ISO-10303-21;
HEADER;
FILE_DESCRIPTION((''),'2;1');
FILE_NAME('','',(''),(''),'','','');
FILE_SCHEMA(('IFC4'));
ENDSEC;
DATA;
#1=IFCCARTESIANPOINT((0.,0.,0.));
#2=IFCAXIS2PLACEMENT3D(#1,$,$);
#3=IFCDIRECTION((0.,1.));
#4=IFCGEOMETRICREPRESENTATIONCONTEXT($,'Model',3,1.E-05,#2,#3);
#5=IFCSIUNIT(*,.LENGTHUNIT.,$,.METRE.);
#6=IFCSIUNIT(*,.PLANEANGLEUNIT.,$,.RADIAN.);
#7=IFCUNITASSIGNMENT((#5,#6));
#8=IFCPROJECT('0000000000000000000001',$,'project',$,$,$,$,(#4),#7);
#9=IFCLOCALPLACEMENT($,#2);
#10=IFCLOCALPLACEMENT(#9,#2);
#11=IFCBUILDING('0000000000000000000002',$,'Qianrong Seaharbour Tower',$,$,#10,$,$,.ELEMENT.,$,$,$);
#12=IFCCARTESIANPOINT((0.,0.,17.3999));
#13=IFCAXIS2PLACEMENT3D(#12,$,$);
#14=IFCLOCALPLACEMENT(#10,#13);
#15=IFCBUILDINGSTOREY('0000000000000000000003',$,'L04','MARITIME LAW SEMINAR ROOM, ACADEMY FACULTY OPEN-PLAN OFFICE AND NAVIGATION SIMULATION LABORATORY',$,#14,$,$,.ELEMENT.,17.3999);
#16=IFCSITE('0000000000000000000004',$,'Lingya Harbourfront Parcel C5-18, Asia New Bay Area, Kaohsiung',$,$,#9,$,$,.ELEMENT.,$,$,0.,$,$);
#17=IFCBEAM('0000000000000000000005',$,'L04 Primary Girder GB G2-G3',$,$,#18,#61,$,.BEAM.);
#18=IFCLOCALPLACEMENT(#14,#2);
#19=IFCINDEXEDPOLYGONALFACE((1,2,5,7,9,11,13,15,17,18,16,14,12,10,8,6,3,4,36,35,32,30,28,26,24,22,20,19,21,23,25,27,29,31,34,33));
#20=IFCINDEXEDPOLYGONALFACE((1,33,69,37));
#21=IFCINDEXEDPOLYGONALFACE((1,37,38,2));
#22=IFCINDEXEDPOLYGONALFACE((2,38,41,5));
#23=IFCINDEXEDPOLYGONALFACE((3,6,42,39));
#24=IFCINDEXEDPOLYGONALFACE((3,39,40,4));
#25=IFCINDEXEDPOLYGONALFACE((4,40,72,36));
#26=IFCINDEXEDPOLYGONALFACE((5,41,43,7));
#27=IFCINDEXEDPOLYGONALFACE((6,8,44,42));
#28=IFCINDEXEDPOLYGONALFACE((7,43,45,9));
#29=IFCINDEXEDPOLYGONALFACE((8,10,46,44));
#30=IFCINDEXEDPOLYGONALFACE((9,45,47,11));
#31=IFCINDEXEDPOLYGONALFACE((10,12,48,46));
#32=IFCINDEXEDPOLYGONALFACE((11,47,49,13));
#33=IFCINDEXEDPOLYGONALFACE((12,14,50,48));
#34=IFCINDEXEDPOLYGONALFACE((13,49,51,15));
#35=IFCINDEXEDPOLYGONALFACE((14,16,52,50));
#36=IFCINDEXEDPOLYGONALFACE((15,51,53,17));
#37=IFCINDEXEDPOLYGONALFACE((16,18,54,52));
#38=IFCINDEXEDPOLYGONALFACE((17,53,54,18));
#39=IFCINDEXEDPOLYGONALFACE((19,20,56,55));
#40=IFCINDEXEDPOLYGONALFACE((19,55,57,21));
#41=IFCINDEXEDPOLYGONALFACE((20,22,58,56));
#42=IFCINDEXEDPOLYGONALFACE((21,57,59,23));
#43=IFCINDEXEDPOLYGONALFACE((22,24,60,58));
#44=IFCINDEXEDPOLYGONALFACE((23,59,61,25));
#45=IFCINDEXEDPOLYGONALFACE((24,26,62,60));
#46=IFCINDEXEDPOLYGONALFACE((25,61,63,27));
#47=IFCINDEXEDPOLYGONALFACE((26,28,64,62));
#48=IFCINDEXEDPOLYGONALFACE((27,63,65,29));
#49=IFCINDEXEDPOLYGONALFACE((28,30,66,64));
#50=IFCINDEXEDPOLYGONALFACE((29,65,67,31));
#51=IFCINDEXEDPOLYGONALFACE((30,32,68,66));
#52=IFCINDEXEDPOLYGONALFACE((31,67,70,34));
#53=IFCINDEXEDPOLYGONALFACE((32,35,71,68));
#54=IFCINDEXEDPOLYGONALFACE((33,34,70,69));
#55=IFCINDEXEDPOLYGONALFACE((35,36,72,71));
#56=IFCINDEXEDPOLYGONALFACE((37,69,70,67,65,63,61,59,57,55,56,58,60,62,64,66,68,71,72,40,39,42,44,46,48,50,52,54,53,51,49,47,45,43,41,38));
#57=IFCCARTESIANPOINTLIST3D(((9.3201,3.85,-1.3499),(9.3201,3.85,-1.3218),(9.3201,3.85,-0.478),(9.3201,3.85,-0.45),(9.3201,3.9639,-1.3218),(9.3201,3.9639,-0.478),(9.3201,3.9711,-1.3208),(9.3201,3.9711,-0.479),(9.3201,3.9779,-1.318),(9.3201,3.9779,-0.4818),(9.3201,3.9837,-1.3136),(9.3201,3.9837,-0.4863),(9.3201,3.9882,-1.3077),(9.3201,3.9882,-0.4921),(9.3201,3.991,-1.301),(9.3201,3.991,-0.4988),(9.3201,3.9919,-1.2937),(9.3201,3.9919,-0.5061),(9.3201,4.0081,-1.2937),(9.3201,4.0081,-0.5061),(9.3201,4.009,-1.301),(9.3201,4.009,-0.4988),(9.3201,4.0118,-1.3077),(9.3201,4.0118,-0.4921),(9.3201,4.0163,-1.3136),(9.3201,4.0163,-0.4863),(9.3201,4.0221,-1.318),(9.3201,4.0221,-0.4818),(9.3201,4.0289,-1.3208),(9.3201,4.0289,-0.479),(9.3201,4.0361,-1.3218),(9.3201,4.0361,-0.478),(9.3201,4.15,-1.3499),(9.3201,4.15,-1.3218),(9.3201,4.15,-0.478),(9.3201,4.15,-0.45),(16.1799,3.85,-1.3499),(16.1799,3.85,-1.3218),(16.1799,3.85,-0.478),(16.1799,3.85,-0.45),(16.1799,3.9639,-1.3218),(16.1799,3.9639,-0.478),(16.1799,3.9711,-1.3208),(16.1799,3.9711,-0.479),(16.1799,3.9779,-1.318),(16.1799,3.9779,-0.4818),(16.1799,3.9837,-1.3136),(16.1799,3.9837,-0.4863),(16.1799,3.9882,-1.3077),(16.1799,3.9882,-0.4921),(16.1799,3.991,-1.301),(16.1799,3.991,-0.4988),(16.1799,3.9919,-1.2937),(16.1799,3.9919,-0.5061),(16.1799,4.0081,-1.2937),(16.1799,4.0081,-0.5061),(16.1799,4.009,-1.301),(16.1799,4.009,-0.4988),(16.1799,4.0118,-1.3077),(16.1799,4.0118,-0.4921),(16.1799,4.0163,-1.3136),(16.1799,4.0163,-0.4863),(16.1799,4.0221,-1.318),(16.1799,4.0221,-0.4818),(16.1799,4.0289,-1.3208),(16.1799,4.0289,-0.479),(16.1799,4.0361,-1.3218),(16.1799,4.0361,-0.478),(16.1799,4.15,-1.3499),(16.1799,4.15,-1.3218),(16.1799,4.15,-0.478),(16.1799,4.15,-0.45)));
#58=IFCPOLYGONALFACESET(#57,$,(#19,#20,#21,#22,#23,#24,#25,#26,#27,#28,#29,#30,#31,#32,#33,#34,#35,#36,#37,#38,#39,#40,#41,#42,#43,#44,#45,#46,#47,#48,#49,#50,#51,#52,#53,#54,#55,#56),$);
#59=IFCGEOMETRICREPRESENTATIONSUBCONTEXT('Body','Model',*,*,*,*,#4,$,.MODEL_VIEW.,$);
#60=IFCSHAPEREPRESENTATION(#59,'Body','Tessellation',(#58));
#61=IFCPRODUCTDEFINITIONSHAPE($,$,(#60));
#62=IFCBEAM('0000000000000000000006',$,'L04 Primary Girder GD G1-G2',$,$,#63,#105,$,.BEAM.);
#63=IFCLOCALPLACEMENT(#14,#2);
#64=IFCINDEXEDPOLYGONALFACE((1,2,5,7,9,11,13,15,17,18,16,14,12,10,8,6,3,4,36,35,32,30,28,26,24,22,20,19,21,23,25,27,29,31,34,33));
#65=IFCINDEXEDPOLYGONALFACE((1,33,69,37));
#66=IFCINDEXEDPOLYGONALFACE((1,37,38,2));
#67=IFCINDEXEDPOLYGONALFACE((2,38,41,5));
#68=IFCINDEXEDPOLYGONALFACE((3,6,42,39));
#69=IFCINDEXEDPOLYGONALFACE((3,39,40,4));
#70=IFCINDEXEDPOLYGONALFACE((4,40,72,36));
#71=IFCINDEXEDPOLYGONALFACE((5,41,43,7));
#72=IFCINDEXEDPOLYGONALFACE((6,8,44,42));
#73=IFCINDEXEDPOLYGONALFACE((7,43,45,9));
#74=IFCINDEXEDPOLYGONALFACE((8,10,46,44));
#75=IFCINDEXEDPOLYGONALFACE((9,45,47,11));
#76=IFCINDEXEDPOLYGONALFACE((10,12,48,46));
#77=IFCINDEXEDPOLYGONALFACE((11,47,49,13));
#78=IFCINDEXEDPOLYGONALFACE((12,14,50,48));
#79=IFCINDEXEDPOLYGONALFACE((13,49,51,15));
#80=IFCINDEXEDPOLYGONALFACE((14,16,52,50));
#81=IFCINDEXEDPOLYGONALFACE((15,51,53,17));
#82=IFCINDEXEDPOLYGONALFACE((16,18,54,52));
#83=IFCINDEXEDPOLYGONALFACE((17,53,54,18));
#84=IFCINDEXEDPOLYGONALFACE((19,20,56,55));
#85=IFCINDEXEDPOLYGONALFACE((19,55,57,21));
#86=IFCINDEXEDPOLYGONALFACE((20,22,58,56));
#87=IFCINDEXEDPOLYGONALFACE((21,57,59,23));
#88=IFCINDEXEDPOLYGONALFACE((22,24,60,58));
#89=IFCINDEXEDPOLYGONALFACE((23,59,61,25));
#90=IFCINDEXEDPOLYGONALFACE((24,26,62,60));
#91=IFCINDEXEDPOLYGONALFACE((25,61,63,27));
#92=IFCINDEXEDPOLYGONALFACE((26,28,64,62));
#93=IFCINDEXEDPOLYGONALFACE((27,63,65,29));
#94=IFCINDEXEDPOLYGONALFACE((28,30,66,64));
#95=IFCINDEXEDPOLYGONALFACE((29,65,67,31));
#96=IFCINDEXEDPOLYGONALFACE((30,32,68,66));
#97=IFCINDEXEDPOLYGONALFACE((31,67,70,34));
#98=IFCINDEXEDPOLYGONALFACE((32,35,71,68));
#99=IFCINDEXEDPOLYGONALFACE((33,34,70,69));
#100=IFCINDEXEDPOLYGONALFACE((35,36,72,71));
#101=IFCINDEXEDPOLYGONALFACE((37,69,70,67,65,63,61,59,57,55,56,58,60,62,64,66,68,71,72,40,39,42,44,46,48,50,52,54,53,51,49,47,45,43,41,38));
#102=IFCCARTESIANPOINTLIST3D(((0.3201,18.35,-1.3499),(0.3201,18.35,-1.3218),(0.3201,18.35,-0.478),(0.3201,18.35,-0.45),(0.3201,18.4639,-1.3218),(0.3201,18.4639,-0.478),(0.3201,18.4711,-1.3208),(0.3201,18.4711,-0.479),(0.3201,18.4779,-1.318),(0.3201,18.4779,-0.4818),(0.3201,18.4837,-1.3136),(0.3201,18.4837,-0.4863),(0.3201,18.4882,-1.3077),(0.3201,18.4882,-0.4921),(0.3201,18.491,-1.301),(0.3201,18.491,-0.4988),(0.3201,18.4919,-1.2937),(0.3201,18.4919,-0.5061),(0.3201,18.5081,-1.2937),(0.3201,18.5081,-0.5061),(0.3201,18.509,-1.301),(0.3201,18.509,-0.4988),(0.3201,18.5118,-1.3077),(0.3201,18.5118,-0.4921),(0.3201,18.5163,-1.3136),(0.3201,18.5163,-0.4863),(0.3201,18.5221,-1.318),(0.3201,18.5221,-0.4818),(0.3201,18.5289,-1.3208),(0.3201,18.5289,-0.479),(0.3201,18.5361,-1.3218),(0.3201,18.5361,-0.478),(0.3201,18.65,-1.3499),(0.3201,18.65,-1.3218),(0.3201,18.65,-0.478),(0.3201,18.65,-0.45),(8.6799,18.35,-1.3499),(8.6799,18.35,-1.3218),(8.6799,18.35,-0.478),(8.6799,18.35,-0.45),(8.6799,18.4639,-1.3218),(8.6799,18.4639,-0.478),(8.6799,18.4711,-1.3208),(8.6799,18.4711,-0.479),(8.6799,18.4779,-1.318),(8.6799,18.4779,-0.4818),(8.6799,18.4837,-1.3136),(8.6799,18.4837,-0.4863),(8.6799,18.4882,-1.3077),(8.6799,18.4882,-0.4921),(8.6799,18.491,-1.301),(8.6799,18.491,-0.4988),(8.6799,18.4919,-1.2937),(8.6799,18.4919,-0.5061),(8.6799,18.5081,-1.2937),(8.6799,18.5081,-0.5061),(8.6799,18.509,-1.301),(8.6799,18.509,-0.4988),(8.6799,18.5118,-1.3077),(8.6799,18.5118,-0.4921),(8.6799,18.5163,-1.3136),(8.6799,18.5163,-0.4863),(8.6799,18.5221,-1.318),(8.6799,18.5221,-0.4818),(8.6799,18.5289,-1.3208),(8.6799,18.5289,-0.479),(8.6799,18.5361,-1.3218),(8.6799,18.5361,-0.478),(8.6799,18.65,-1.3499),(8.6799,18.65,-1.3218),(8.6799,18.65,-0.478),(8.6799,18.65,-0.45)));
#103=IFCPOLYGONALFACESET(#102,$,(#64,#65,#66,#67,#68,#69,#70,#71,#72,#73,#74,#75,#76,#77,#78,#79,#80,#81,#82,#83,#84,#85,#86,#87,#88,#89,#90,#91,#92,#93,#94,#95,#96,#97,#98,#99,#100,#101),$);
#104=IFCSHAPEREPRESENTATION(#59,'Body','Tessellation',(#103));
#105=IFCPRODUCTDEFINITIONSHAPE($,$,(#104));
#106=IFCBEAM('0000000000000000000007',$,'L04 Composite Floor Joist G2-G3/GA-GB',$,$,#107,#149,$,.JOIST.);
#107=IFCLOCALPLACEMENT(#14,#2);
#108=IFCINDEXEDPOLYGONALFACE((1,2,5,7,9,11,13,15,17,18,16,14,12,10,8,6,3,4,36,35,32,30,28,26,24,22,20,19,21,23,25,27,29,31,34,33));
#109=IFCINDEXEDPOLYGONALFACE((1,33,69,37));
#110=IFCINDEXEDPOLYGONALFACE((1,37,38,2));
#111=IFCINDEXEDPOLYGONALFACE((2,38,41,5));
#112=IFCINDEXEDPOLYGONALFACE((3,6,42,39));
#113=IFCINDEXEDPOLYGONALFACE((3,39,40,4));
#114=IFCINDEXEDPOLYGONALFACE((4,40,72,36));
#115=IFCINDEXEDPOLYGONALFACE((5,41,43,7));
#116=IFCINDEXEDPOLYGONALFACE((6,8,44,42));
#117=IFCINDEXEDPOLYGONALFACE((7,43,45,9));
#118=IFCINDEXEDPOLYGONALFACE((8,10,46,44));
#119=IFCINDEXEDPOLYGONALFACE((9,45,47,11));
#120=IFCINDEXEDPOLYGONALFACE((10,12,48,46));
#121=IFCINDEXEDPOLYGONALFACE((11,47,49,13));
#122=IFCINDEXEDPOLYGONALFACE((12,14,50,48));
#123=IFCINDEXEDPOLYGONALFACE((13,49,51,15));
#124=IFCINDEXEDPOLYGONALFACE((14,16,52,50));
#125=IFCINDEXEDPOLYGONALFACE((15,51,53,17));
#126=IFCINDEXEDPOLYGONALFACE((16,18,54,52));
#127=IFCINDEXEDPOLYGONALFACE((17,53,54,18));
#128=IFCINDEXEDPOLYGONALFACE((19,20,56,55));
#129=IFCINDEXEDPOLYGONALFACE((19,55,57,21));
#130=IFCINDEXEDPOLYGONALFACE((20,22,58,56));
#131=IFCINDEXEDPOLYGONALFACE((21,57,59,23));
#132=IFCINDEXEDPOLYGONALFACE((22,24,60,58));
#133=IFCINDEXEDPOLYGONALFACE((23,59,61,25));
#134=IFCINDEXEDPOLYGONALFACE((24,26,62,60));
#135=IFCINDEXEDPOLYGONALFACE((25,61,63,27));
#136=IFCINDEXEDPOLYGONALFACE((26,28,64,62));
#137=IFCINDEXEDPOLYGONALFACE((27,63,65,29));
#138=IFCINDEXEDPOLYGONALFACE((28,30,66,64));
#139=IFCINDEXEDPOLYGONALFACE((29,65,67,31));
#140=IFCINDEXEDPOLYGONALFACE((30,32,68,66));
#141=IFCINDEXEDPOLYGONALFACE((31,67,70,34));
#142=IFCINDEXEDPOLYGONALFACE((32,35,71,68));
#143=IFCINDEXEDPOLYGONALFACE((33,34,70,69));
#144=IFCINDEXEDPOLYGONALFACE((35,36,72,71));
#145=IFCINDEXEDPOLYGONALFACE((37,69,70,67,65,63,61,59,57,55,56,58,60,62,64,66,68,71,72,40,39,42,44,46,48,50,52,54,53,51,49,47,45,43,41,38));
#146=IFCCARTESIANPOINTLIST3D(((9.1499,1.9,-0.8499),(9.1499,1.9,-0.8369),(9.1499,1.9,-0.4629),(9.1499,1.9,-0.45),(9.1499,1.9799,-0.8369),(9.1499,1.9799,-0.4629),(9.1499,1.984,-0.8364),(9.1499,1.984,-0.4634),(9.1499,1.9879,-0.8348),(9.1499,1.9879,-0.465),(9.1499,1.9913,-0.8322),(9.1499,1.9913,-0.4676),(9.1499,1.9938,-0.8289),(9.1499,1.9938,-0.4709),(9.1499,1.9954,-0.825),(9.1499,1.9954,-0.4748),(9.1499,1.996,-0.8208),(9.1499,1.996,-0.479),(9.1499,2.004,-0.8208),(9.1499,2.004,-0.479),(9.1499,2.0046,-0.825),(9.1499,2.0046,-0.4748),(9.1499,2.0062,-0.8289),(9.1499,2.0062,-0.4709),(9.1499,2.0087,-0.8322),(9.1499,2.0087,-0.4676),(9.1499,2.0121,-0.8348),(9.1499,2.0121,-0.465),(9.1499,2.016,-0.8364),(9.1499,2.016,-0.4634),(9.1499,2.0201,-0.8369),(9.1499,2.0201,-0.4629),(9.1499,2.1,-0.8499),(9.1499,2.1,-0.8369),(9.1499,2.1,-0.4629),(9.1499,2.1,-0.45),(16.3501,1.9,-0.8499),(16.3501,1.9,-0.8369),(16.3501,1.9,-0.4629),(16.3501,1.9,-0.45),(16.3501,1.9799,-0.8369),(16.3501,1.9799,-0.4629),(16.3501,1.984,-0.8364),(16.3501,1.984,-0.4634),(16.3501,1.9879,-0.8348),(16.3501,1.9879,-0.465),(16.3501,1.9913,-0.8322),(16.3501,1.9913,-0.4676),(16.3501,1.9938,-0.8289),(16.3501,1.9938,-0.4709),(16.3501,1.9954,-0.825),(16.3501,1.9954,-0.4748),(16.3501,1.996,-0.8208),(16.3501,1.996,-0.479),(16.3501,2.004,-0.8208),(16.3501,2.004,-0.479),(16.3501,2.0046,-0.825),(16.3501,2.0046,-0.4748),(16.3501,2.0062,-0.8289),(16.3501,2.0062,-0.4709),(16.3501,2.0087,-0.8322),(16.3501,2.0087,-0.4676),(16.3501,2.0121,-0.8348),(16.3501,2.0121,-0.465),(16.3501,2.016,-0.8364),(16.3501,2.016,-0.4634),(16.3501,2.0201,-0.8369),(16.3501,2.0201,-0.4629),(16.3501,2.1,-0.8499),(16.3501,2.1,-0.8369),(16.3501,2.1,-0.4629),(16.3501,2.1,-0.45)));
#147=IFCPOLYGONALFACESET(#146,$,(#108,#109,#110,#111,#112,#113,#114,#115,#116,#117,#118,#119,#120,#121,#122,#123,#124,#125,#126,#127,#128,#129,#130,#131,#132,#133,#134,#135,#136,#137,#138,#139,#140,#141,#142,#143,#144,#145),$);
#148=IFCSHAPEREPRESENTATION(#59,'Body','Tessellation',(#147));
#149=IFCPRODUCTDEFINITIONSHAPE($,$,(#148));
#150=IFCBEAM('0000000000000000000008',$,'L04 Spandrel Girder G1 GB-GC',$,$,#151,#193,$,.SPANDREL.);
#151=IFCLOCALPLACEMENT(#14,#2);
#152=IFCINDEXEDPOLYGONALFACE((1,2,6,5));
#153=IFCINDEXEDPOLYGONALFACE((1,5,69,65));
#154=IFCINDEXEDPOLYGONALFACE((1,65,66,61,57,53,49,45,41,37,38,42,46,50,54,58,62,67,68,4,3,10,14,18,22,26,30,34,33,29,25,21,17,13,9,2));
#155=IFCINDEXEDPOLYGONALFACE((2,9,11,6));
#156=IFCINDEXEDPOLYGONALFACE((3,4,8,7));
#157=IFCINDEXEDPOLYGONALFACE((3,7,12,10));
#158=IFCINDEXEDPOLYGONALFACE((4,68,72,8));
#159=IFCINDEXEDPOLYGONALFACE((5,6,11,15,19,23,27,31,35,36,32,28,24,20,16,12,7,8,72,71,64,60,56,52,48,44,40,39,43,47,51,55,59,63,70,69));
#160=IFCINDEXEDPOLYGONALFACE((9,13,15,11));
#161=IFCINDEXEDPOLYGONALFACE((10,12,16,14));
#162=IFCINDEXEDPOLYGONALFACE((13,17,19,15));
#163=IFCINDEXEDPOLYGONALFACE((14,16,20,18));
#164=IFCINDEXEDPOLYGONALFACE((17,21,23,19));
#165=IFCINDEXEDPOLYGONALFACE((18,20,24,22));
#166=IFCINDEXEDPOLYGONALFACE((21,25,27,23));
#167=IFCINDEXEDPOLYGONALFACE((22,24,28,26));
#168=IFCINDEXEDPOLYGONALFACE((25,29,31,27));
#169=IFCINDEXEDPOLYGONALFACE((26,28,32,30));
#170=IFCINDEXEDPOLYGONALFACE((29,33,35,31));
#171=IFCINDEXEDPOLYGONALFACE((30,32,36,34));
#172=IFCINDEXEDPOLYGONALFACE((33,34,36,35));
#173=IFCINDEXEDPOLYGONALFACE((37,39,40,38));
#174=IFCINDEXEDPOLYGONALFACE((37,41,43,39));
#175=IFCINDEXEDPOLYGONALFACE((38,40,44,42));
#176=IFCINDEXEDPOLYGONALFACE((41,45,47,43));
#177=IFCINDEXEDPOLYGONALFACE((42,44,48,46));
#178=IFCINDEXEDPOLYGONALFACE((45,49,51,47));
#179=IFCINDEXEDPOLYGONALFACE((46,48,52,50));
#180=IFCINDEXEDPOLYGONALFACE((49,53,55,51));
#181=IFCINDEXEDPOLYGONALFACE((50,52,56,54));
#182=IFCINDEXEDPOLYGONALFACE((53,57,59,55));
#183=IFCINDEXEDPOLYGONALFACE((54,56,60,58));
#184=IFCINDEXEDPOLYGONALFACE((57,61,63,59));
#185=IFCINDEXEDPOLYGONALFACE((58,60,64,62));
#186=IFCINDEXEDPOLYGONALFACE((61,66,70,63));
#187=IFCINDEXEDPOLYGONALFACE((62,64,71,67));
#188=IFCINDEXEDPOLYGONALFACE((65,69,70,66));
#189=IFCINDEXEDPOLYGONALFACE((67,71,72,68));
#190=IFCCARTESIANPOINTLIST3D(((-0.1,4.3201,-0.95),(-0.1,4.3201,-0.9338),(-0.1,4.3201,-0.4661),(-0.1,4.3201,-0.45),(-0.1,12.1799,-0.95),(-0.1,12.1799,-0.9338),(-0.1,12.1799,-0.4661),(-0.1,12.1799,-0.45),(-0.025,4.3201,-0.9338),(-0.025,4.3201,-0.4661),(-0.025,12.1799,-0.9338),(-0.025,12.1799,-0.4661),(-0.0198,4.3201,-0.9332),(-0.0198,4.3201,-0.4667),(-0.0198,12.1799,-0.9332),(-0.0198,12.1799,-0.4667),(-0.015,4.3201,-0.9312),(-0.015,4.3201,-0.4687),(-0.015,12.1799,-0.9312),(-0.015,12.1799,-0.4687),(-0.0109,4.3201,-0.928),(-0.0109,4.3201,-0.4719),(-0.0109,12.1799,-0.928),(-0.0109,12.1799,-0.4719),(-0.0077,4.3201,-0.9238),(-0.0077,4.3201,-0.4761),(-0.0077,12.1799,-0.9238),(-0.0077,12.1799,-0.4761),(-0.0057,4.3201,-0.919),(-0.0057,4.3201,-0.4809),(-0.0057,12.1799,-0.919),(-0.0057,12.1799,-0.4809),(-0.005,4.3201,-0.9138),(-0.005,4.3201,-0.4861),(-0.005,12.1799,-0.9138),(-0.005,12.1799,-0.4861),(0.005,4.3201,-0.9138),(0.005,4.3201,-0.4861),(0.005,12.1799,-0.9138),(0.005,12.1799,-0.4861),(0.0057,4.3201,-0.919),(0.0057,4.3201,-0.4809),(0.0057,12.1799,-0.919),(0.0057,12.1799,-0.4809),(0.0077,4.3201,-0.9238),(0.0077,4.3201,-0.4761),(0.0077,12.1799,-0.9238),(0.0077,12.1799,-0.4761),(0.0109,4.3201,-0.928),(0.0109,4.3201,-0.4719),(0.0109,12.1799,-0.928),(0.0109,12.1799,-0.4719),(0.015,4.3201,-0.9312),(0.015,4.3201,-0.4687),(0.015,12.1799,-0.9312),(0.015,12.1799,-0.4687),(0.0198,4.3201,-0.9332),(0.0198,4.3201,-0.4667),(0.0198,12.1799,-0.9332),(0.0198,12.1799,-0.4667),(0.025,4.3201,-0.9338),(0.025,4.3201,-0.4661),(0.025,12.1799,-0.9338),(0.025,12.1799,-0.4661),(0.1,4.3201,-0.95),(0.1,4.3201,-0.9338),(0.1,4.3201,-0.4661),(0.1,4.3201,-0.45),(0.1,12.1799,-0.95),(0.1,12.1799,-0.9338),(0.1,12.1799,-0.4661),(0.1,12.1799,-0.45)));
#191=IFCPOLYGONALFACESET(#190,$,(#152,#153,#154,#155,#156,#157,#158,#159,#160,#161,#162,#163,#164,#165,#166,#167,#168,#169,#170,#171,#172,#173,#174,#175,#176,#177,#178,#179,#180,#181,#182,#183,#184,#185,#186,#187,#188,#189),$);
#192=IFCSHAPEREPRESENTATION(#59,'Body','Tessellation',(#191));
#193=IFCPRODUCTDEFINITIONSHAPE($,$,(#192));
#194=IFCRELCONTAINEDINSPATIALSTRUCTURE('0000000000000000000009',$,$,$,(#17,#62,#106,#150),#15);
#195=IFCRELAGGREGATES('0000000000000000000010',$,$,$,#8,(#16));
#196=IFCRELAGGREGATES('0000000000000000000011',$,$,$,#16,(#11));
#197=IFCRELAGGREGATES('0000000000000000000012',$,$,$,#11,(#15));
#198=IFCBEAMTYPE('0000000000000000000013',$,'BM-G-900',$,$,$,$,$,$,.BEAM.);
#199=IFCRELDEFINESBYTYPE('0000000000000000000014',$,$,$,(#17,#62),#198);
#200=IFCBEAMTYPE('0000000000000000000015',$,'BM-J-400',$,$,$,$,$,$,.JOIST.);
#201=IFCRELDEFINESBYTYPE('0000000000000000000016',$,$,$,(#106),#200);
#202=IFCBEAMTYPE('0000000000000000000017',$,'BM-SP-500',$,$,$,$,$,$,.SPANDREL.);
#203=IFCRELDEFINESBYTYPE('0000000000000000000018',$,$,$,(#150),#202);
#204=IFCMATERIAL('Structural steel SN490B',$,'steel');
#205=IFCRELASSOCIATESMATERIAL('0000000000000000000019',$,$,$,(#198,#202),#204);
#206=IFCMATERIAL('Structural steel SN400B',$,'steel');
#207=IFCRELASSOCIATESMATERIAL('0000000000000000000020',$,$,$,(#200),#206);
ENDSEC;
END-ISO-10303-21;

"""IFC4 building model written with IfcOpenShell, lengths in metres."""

from ifc_helpers import new_model, si_unit, direction, frame, origin, origin_2d, place, context, subcontext, project, spatial, i_section, extrude, material, material_profile, profile_set, type_object, element, save


model = new_model("IFC4")

# Units and contexts
model_context = context("Model", 3, precision=1e-05, world=origin(), true_north=direction((0.0, 1.0)))
body_context = subcontext(model_context, "Body", "Model", "MODEL_VIEW")
ifc_project = project(units=[si_unit("LENGTHUNIT", "METRE"), si_unit("PLANEANGLEUNIT", "RADIAN")], contexts=[model_context])

# Site, building, storey
site_placement = place(None, origin())
site = spatial("IfcSite", under=ifc_project, at=site_placement, Name="Lingya Harbourfront Parcel C5-18, Asia New Bay Area, Kaohsiung", CompositionType="ELEMENT", RefElevation=0.0)
building_placement = place(site_placement, origin())
building = spatial("IfcBuilding", under=site, at=building_placement, Name="Qianrong Seaharbour Tower", CompositionType="ELEMENT")
storey_placement = place(building_placement, frame((0.0, 0.0, 17.3999)))
storey = spatial("IfcBuildingStorey", under=building, at=storey_placement, Name="L04", Description="MARITIME LAW SEMINAR ROOM, ACADEMY FACULTY OPEN-PLAN OFFICE AND NAVIGATION SIMULATION LABORATORY", CompositionType="ELEMENT", Elevation=17.3999)

# Shared definitions
ifc_material_1 = material(Name="Structural steel SN490B", Category="steel")

# Beams
ifc_material_profile_1 = material_profile(ifc_material_1, i_section(OverallWidth=0.3, OverallDepth=0.8999, WebThickness=0.0161, FlangeThickness=0.0281, FilletRadius=0.0281, at=origin_2d()), Name="H900x300x16x28")
ifc_profile_set_1 = profile_set([ifc_material_profile_1], Name="Structural steel SN490B")
beam_type_1 = type_object("IfcBeamType", Name="BM-G-900", PredefinedType="BEAM", material=ifc_profile_set_1)
beam_1_placement = place(storey_placement, frame((9.3201, 4.0, -0.8999), z_axis=(1.0, 0.0, 0.0), x_axis=(0.0, 1.0, 0.0)))
element("IfcBeam", 1, at=beam_1_placement, inside=storey, type_object=beam_type_1, Name="L04 Primary Girder GB G2-G3", PredefinedType="BEAM", context=body_context, shape_type="SweptSolid", body=[
    extrude(i_section(OverallWidth=0.3, OverallDepth=0.8999, WebThickness=0.0161, FlangeThickness=0.0281, FilletRadius=0.0281, at=origin_2d()), origin(), (0.0, 0.0, 1.0), 6.8599),
])
beam_2_placement = place(storey_placement, frame((0.3201, 18.5, -0.8999), z_axis=(1.0, 0.0, 0.0), x_axis=(0.0, 1.0, 0.0)))
element("IfcBeam", 2, at=beam_2_placement, inside=storey, type_object=beam_type_1, Name="L04 Primary Girder GD G1-G2", PredefinedType="BEAM", context=body_context, shape_type="SweptSolid", body=[
    extrude(i_section(OverallWidth=0.3, OverallDepth=0.8999, WebThickness=0.0161, FlangeThickness=0.0281, FilletRadius=0.0281, at=origin_2d()), origin(), (0.0, 0.0, 1.0), 8.3599),
])
ifc_material_2 = material(Name="Structural steel SN400B", Category="steel")
ifc_material_profile_2 = material_profile(ifc_material_2, i_section(OverallWidth=0.2, OverallDepth=0.3999, WebThickness=0.0081, FlangeThickness=0.0129, FilletRadius=0.0161, at=origin_2d()), Name="H400x200x8x13")
ifc_profile_set_2 = profile_set([ifc_material_profile_2], Name="Structural steel SN400B")
beam_type_2 = type_object("IfcBeamType", Name="BM-J-400", PredefinedType="JOIST", material=ifc_profile_set_2)
beam_3_placement = place(storey_placement, frame((9.1499, 2.0, -0.6499), z_axis=(1.0, 0.0, 0.0), x_axis=(0.0, 1.0, 0.0)))
element("IfcBeam", 3, at=beam_3_placement, inside=storey, type_object=beam_type_2, Name="L04 Composite Floor Joist G2-G3/GA-GB", PredefinedType="JOIST", context=body_context, shape_type="SweptSolid", body=[
    extrude(i_section(OverallWidth=0.2, OverallDepth=0.3999, WebThickness=0.0081, FlangeThickness=0.0129, FilletRadius=0.0161, at=origin_2d()), origin(), (0.0, 0.0, 1.0), 7.2002),
])
ifc_material_profile_3 = material_profile(ifc_material_1, i_section(OverallWidth=0.2, OverallDepth=0.5, WebThickness=0.01, FlangeThickness=0.0161, FilletRadius=0.02, at=origin_2d()), Name="H500x200x10x16")
ifc_profile_set_3 = profile_set([ifc_material_profile_3], Name="Structural steel SN490B")
beam_type_3 = type_object("IfcBeamType", Name="BM-SP-500", PredefinedType="SPANDREL", material=ifc_profile_set_3)
beam_4_placement = place(storey_placement, frame((0.0, 4.3201, -0.7), z_axis=(0.0, 1.0, 0.0), x_axis=(-1.0, 0.0, 0.0)))
element("IfcBeam", 4, at=beam_4_placement, inside=storey, type_object=beam_type_3, Name="L04 Spandrel Girder G1 GB-GC", PredefinedType="SPANDREL", context=body_context, shape_type="SweptSolid", body=[
    extrude(i_section(OverallWidth=0.2, OverallDepth=0.5, WebThickness=0.01, FlangeThickness=0.0161, FilletRadius=0.02, at=origin_2d()), origin(), (0.0, 0.0, 1.0), 7.8599),
])

save(model, "model.ifc")
